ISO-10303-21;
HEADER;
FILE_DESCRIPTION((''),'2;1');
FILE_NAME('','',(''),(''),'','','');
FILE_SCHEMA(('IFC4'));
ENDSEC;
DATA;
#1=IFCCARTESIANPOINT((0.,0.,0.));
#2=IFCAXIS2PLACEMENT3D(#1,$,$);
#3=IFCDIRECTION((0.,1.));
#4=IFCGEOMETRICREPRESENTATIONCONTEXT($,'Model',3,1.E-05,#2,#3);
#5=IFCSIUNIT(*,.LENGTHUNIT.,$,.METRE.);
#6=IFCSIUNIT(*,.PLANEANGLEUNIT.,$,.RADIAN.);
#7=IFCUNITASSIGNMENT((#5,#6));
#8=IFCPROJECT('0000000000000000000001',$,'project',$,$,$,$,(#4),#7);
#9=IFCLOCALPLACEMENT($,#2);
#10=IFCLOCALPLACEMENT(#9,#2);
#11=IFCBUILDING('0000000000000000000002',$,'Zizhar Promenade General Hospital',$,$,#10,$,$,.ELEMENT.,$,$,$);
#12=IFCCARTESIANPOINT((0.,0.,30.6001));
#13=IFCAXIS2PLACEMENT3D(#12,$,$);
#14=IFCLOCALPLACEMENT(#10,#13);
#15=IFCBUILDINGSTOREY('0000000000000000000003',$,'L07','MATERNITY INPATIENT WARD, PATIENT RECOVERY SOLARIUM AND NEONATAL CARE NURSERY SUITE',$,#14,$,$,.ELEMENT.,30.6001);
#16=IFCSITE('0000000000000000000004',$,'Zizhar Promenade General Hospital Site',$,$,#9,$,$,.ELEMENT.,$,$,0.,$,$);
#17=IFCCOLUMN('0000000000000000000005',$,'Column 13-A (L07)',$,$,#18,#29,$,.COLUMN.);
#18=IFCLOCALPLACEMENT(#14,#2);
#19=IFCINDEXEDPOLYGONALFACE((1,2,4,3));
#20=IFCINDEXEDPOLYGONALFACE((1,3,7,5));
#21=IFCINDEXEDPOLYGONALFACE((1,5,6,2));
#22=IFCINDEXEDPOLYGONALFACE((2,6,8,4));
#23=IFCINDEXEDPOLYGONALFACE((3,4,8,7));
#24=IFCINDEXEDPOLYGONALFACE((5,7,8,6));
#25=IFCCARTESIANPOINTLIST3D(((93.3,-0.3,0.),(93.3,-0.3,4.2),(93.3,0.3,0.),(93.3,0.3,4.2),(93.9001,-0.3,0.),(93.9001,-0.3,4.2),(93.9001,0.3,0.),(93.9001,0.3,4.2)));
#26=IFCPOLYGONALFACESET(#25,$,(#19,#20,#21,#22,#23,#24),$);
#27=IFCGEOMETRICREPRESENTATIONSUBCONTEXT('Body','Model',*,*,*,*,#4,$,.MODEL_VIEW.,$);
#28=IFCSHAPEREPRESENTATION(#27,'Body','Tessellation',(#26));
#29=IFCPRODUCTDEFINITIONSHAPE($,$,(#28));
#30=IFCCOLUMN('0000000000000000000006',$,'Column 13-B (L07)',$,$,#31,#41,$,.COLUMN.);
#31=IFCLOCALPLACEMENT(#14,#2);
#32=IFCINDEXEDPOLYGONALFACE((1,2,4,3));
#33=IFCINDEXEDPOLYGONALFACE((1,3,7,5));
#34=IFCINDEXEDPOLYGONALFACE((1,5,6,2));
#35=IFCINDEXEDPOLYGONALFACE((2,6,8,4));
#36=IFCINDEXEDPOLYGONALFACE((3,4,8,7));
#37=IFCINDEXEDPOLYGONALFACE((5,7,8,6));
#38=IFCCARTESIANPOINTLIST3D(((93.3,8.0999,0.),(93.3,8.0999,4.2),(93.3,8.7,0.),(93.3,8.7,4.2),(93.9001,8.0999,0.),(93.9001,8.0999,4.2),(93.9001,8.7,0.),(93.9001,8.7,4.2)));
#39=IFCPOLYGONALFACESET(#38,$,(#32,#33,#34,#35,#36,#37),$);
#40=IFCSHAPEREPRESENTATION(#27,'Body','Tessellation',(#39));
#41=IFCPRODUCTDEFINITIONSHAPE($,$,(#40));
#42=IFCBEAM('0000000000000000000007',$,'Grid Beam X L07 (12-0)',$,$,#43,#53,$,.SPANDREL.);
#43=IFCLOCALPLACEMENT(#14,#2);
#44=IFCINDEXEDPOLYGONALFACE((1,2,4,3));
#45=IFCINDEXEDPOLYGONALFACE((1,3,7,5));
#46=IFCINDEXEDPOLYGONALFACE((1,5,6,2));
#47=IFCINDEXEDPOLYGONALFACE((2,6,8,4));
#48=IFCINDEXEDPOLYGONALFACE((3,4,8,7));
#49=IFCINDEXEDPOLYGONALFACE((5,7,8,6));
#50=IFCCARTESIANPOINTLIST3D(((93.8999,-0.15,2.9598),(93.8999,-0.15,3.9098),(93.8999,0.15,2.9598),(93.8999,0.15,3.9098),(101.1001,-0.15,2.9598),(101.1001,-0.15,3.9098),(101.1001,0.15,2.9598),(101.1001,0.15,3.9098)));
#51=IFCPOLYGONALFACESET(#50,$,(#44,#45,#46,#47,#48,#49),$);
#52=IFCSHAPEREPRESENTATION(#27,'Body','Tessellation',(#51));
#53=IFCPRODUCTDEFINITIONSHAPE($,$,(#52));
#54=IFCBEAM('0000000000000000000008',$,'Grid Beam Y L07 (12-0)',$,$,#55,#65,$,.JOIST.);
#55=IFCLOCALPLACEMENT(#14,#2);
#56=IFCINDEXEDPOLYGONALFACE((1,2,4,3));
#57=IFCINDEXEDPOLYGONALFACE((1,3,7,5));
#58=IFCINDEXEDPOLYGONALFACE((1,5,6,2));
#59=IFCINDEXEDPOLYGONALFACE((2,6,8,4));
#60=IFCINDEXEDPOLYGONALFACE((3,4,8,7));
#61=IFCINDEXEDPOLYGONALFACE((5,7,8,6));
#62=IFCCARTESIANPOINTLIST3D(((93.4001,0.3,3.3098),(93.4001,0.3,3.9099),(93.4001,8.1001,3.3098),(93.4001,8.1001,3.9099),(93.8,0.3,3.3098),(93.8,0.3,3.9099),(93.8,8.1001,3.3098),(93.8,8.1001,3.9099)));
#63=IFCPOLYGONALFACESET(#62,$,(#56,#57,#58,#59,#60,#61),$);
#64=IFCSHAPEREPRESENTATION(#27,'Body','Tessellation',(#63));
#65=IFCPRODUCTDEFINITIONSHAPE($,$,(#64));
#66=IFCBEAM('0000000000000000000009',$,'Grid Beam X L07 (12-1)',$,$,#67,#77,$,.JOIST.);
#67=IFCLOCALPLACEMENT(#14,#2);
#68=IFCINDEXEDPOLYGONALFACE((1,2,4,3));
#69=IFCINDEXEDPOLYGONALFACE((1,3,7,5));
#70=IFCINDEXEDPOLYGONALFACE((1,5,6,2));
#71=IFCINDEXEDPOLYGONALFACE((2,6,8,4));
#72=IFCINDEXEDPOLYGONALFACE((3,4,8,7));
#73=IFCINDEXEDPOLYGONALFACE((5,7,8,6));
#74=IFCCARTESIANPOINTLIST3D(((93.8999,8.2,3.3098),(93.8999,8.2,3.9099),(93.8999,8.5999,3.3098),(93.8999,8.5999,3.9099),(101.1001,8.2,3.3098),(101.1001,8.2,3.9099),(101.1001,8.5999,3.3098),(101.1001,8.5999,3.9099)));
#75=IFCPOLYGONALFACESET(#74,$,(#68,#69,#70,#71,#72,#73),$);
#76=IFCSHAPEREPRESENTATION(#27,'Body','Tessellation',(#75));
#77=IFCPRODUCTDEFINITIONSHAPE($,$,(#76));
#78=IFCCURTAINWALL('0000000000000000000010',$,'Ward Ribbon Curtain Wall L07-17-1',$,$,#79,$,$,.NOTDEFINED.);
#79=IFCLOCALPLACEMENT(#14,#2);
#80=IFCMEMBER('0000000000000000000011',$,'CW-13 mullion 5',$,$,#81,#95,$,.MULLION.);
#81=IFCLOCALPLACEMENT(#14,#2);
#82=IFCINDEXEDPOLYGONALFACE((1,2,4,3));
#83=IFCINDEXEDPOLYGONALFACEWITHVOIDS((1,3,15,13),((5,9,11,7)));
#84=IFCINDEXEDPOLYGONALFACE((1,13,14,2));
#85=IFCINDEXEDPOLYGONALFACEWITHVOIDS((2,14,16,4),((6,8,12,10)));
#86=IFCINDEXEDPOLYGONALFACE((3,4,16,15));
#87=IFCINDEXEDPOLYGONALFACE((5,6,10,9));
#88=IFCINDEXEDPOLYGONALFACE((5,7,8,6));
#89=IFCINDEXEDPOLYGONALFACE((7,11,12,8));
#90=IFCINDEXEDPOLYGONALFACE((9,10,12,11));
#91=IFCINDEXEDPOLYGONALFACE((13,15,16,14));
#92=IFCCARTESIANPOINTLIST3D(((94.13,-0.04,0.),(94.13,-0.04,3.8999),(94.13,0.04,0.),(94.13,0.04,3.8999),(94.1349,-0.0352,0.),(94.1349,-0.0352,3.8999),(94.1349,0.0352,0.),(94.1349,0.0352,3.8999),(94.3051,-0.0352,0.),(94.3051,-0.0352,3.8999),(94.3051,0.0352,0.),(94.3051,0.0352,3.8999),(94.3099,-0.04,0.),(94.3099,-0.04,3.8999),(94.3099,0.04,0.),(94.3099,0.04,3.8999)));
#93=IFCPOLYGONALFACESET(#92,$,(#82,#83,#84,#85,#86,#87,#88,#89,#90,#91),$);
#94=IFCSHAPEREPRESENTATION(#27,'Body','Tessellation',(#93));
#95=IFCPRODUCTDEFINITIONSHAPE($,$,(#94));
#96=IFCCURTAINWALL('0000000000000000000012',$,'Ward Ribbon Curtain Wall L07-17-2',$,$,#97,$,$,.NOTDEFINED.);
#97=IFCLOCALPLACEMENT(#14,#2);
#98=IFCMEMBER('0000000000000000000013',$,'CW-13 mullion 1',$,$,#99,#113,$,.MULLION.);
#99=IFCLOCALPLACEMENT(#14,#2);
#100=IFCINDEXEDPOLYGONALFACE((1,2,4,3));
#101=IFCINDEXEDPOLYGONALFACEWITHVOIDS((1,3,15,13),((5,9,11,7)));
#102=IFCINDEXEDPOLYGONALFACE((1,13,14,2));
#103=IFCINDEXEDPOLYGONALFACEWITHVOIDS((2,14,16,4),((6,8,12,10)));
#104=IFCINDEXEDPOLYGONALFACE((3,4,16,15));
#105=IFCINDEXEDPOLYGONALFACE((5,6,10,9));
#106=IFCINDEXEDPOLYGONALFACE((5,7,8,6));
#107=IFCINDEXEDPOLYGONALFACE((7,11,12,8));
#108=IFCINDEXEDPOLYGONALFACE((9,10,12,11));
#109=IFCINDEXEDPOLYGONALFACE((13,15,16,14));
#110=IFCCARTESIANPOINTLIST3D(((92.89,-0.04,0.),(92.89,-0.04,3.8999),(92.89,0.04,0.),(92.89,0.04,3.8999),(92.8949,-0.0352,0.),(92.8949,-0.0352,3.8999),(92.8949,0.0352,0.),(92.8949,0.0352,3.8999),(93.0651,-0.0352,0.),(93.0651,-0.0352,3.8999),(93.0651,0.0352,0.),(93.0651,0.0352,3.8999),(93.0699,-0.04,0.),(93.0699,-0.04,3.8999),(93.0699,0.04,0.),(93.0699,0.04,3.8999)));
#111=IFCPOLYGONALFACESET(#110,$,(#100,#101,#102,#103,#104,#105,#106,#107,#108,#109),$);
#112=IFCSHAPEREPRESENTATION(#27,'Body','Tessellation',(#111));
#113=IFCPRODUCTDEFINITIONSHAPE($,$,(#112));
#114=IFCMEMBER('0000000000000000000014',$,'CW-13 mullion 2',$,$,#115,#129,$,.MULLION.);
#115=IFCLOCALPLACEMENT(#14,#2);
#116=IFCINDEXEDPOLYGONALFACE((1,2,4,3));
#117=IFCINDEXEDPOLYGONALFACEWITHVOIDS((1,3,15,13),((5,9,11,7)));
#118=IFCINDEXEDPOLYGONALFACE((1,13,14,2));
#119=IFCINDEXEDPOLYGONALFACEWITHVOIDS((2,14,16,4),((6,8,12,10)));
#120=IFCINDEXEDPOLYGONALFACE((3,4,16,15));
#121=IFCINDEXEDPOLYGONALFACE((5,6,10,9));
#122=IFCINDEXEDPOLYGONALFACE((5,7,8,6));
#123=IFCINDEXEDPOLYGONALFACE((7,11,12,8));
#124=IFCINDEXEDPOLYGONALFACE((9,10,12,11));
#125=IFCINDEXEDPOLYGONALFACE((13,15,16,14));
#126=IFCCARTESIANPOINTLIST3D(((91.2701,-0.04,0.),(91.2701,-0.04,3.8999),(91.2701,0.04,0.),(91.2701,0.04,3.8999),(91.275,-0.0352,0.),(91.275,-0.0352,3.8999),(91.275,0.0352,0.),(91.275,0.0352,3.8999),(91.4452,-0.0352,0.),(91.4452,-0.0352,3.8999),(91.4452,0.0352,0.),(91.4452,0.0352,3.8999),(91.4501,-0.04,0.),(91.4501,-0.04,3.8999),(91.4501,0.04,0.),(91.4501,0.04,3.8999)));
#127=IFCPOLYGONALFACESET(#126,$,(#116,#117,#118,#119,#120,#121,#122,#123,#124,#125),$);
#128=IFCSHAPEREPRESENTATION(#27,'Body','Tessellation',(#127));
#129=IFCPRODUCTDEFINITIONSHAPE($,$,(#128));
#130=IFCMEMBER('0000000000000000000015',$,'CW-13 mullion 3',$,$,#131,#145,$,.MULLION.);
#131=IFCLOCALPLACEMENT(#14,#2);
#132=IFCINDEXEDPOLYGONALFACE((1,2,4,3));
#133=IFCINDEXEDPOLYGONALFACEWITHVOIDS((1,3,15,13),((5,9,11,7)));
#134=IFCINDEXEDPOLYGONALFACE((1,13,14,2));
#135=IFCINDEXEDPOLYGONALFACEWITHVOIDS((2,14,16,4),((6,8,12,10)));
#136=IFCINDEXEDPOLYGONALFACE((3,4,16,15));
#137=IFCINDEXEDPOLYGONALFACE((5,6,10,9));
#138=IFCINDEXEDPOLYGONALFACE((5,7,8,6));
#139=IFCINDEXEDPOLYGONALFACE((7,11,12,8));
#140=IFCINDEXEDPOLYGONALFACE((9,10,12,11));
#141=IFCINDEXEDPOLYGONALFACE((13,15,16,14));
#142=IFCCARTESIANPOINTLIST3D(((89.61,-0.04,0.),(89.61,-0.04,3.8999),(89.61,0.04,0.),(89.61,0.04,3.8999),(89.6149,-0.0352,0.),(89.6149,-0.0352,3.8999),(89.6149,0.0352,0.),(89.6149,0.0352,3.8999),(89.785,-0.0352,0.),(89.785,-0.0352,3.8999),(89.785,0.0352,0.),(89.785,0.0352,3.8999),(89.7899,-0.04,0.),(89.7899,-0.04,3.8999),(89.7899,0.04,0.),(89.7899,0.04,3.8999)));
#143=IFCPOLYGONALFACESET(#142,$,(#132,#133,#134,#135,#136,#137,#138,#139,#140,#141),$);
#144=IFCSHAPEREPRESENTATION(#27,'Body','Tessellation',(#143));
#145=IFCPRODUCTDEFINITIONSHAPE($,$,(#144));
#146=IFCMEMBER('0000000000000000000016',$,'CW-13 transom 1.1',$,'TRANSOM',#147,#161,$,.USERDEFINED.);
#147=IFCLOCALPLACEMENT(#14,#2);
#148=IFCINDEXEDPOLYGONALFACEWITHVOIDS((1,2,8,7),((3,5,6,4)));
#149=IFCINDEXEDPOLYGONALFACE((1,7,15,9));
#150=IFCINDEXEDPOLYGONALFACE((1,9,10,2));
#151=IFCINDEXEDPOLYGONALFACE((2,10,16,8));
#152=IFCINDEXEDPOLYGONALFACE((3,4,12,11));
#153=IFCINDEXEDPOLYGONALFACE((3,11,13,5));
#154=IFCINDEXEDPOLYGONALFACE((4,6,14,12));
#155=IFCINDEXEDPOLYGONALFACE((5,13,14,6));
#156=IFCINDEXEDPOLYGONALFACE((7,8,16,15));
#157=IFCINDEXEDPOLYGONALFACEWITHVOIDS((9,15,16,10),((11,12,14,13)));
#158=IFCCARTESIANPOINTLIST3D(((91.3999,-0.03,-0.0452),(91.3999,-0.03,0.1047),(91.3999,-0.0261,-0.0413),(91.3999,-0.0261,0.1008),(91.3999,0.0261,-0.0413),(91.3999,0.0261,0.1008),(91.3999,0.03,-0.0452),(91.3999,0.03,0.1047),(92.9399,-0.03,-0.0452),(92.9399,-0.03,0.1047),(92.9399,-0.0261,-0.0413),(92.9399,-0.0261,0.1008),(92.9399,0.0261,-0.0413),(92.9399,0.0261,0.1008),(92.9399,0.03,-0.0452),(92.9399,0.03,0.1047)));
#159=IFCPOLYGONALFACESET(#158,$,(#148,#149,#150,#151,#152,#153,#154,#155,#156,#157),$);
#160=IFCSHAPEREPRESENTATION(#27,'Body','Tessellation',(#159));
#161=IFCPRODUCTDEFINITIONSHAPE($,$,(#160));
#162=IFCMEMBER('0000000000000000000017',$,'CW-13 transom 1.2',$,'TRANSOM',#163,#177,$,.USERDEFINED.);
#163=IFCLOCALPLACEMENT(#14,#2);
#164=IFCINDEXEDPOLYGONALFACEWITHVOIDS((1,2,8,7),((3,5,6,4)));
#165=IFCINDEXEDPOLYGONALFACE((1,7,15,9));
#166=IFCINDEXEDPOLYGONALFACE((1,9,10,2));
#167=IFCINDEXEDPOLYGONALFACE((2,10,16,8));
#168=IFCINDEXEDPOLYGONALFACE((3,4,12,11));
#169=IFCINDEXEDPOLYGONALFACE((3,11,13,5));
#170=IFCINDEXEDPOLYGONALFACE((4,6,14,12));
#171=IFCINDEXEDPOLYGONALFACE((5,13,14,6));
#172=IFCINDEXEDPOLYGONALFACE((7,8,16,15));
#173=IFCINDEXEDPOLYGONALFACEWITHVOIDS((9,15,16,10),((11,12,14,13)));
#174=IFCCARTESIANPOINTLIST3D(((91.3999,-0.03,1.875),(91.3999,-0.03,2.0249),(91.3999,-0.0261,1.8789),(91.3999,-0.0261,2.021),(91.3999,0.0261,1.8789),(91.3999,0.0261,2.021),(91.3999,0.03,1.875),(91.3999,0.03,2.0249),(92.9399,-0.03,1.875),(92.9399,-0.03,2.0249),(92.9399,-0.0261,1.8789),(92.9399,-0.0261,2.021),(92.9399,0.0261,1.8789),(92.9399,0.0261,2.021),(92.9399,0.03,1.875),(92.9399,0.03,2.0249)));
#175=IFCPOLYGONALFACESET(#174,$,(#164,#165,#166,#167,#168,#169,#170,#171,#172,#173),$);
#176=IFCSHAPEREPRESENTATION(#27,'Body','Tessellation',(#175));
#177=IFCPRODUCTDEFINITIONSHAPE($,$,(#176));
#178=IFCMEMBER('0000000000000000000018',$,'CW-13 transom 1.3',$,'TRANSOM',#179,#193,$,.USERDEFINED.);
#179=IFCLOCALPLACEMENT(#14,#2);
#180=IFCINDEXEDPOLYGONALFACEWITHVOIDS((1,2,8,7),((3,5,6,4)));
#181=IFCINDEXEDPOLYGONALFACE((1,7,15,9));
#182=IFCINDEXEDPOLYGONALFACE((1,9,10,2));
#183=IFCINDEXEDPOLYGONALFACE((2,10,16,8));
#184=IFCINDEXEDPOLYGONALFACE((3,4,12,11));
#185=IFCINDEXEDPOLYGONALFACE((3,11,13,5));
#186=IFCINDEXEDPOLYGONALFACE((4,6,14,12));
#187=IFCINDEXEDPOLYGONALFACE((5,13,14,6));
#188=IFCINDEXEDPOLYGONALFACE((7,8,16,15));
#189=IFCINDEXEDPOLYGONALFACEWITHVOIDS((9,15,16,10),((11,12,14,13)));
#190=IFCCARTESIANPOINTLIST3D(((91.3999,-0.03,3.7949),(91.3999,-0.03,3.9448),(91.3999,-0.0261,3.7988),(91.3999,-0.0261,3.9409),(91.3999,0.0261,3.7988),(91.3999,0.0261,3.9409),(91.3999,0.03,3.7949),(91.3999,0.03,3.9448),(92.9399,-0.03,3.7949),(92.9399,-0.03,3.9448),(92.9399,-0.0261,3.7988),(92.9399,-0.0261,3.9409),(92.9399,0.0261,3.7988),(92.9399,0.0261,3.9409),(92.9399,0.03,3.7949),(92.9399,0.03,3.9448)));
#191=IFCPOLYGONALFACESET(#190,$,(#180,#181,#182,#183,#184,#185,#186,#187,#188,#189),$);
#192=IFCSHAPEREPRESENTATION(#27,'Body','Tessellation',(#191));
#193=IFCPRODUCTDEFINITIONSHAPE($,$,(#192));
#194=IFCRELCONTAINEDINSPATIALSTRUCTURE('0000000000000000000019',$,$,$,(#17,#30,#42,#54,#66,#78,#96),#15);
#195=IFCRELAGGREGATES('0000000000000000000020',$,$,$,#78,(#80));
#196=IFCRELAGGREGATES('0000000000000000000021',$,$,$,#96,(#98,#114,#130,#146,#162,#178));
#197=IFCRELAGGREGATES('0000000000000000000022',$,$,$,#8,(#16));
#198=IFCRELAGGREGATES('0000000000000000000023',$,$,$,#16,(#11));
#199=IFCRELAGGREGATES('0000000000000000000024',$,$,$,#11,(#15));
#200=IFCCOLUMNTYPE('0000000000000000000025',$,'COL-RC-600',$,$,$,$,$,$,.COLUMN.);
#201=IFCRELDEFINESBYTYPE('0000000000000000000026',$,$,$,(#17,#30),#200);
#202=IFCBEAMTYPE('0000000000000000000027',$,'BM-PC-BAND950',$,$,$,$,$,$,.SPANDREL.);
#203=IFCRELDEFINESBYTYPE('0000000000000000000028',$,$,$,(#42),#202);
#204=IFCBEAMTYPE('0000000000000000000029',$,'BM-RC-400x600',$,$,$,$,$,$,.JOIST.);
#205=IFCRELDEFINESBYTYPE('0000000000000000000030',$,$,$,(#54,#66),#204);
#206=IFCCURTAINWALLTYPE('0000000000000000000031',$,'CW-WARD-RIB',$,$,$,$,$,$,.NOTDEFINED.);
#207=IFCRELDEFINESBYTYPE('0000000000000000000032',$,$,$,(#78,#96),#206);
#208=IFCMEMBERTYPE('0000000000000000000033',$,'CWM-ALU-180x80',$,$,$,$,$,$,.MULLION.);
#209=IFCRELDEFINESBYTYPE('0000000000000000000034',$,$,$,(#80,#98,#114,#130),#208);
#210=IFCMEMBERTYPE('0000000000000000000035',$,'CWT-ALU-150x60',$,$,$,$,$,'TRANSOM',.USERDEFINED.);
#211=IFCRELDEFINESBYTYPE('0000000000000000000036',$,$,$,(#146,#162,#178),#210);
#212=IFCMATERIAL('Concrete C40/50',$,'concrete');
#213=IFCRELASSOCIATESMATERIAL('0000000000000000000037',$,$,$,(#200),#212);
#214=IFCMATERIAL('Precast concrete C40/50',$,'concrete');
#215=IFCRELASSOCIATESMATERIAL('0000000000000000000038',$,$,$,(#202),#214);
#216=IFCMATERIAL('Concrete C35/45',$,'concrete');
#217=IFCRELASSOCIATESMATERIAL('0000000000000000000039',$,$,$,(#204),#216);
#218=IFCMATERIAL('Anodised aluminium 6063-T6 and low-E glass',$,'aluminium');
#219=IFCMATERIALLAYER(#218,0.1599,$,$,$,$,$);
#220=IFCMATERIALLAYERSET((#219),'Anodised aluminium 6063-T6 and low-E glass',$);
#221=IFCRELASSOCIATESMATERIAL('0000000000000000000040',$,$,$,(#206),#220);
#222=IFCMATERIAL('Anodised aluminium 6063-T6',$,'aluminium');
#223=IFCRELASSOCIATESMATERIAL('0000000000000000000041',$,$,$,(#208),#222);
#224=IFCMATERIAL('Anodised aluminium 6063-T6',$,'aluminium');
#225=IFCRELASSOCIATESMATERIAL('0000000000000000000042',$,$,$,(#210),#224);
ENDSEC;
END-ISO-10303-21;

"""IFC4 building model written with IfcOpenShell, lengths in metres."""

from ifc_helpers import new_model, si_unit, direction, frame, origin, origin_2d, place, context, subcontext, project, spatial, rectangle, hollow_rectangle, extrude, material, layer, layer_set, material_profile, profile_set, type_object, element, aggregate, save


model = new_model("IFC4")

# Units and contexts
model_context = context("Model", 3, precision=1e-05, world=origin(), true_north=direction((0.0, 1.0)))
body_context = subcontext(model_context, "Body", "Model", "MODEL_VIEW")
ifc_project = project(units=[si_unit("LENGTHUNIT", "METRE"), si_unit("PLANEANGLEUNIT", "RADIAN")], contexts=[model_context])

# Site, building, storey
site_placement = place(None, origin())
site = spatial("IfcSite", under=ifc_project, at=site_placement, Name="Zizhar Promenade General Hospital Site", CompositionType="ELEMENT", RefElevation=0.0)
building_placement = place(site_placement, origin())
building = spatial("IfcBuilding", under=site, at=building_placement, Name="Zizhar Promenade General Hospital", CompositionType="ELEMENT")
storey_placement = place(building_placement, frame((0.0, 0.0, 30.6001)))
storey = spatial("IfcBuildingStorey", under=building, at=storey_placement, Name="L07", Description="MATERNITY INPATIENT WARD, PATIENT RECOVERY SOLARIUM AND NEONATAL CARE NURSERY SUITE", CompositionType="ELEMENT", Elevation=30.6001)

# Columns
ifc_material_1 = material(Name="Concrete C40/50", Category="concrete")
ifc_material_profile_1 = material_profile(ifc_material_1, rectangle(XDim=0.6001, YDim=0.6001, at=origin_2d()))
ifc_profile_set_1 = profile_set([ifc_material_profile_1], Name="Concrete C40/50")
column_type = type_object("IfcColumnType", Name="COL-RC-600", PredefinedType="COLUMN", material=ifc_profile_set_1)
for number, where, z_axis, x_axis, name in (
    (1, (93.6001, 0.0, 0.0), (0.0, 0.0, 1.0), (1.0, 0.0, 0.0), "Column 13-A (L07)"),
    (2, (93.6001, 8.3999, 0.0), (0.0, 0.0, 1.0), (1.0, 0.0, 0.0), "Column 13-B (L07)"),
):
    element("IfcColumn", number, at=place(storey_placement, frame(where, z_axis=z_axis, x_axis=x_axis)), inside=storey, type_object=column_type, Name=name, PredefinedType="COLUMN", context=body_context, shape_type="SweptSolid", body=[
        extrude(rectangle(XDim=0.6001, YDim=0.6001, at=origin_2d()), origin(), (0.0, 0.0, 1.0), 4.2),
    ])

# Beams
ifc_material_2 = material(Name="Precast concrete C40/50", Category="concrete")
ifc_material_profile_2 = material_profile(ifc_material_2, rectangle(XDim=0.3, YDim=0.95, at=origin_2d()))
ifc_profile_set_2 = profile_set([ifc_material_profile_2], Name="Precast concrete C40/50")
beam_type_1 = type_object("IfcBeamType", Name="BM-PC-BAND950", PredefinedType="SPANDREL", material=ifc_profile_set_2)
beam_1_placement = place(storey_placement, frame((93.8999, 0.0, 3.4348), z_axis=(1.0, 0.0, 0.0), x_axis=(0.0, 1.0, 0.0)))
element("IfcBeam", 3, at=beam_1_placement, inside=storey, type_object=beam_type_1, Name="Grid Beam X L07 (12-0)", PredefinedType="SPANDREL", context=body_context, shape_type="SweptSolid", body=[
    extrude(rectangle(XDim=0.3, YDim=0.95, at=origin_2d()), origin(), (0.0, 0.0, 1.0), 7.2002),
])
ifc_material_3 = material(Name="Concrete C35/45", Category="concrete")
ifc_material_profile_3 = material_profile(ifc_material_3, rectangle(XDim=0.3999, YDim=0.6001, at=origin_2d()))
ifc_profile_set_3 = profile_set([ifc_material_profile_3], Name="Concrete C35/45")
beam_type_2 = type_object("IfcBeamType", Name="BM-RC-400x600", PredefinedType="JOIST", material=ifc_profile_set_3)
beam_2_placement = place(storey_placement, frame((93.6001, 0.3, 3.6099), z_axis=(0.0, 1.0, 0.0), x_axis=(-1.0, 0.0, 0.0)))
element("IfcBeam", 4, at=beam_2_placement, inside=storey, type_object=beam_type_2, Name="Grid Beam Y L07 (12-0)", PredefinedType="JOIST", context=body_context, shape_type="SweptSolid", body=[
    extrude(rectangle(XDim=0.3999, YDim=0.6001, at=origin_2d()), origin(), (0.0, 0.0, 1.0), 7.8),
])
beam_3_placement = place(storey_placement, frame((93.8999, 8.3999, 3.6099), z_axis=(1.0, 0.0, 0.0), x_axis=(0.0, 1.0, 0.0)))
element("IfcBeam", 5, at=beam_3_placement, inside=storey, type_object=beam_type_2, Name="Grid Beam X L07 (12-1)", PredefinedType="JOIST", context=body_context, shape_type="SweptSolid", body=[
    extrude(rectangle(XDim=0.3999, YDim=0.6001, at=origin_2d()), origin(), (0.0, 0.0, 1.0), 7.2002),
])

# Curtain wall, member
ifc_material_4 = material(Name="Anodised aluminium 6063-T6 and low-E glass", Category="aluminium")
ifc_layer_1 = layer(ifc_material_4, 0.1599)
ifc_layer_set_1 = layer_set([ifc_layer_1], Name="Anodised aluminium 6063-T6 and low-E glass")
curtain_wall_type = type_object("IfcCurtainWallType", Name="CW-WARD-RIB", PredefinedType="NOTDEFINED", material=ifc_layer_set_1)
curtain_wall_1_placement = place(storey_placement, origin())
curtain_wall_1 = element("IfcCurtainWall", 6, at=curtain_wall_1_placement, inside=storey, type_object=curtain_wall_type, Name="Ward Ribbon Curtain Wall L07-17-1", PredefinedType="NOTDEFINED")
ifc_material_5 = material(Name="Anodised aluminium 6063-T6", Category="aluminium")
ifc_material_profile_4 = material_profile(ifc_material_5, hollow_rectangle(XDim=0.0801, YDim=0.1799, WallThickness=0.0049, at=origin_2d()))
ifc_profile_set_4 = profile_set([ifc_material_profile_4], Name="Anodised aluminium 6063-T6")
member_type_1 = type_object("IfcMemberType", Name="CWM-ALU-180x80", PredefinedType="MULLION", material=ifc_profile_set_4)
member_1_placement = place(storey_placement, frame((94.22, 0.0, 0.0), z_axis=(0.0, 0.0, 1.0), x_axis=(0.0, -1.0, 0.0)))
member_1 = element("IfcMember", 7, at=member_1_placement, type_object=member_type_1, Name="CW-13 mullion 5", PredefinedType="MULLION", context=body_context, shape_type="SweptSolid", body=[
    extrude(hollow_rectangle(XDim=0.0801, YDim=0.1799, WallThickness=0.0049, at=origin_2d()), origin(), (0.0, 0.0, 1.0), 3.8999),
])
aggregate(curtain_wall_1, [member_1])

# Curtain wall, members
curtain_wall_2_placement = place(storey_placement, origin())
curtain_wall_2 = element("IfcCurtainWall", 8, at=curtain_wall_2_placement, inside=storey, type_object=curtain_wall_type, Name="Ward Ribbon Curtain Wall L07-17-2", PredefinedType="NOTDEFINED")
member_2_placement = place(storey_placement, frame((92.98, 0.0, 0.0), z_axis=(0.0, 0.0, 1.0), x_axis=(0.0, -1.0, 0.0)))
member_2 = element("IfcMember", 9, at=member_2_placement, type_object=member_type_1, Name="CW-13 mullion 1", PredefinedType="MULLION", context=body_context, shape_type="SweptSolid", body=[
    extrude(hollow_rectangle(XDim=0.0801, YDim=0.1799, WallThickness=0.0049, at=origin_2d()), origin(), (0.0, 0.0, 1.0), 3.8999),
])
member_3_placement = place(storey_placement, frame((91.3601, 0.0, 0.0), z_axis=(0.0, 0.0, 1.0), x_axis=(0.0, -1.0, 0.0)))
member_3 = element("IfcMember", 10, at=member_3_placement, type_object=member_type_1, Name="CW-13 mullion 2", PredefinedType="MULLION", context=body_context, shape_type="SweptSolid", body=[
    extrude(hollow_rectangle(XDim=0.0801, YDim=0.1799, WallThickness=0.0049, at=origin_2d()), origin(), (0.0, 0.0, 1.0), 3.8999),
])
member_4_placement = place(storey_placement, frame((89.7, 0.0, 0.0), z_axis=(0.0, 0.0, 1.0), x_axis=(0.0, -1.0, 0.0)))
member_4 = element("IfcMember", 11, at=member_4_placement, type_object=member_type_1, Name="CW-13 mullion 3", PredefinedType="MULLION", context=body_context, shape_type="SweptSolid", body=[
    extrude(hollow_rectangle(XDim=0.0801, YDim=0.1799, WallThickness=0.0049, at=origin_2d()), origin(), (0.0, 0.0, 1.0), 3.8999),
])
ifc_material_6 = material(Name="Anodised aluminium 6063-T6", Category="aluminium")
ifc_material_profile_5 = material_profile(ifc_material_6, hollow_rectangle(XDim=0.0601, YDim=0.1499, WallThickness=0.0039, at=origin_2d()))
ifc_profile_set_5 = profile_set([ifc_material_profile_5], Name="Anodised aluminium 6063-T6")
member_type_2 = type_object("IfcMemberType", Name="CWT-ALU-150x60", ElementType="TRANSOM", PredefinedType="USERDEFINED", material=ifc_profile_set_5)
member_5_placement = place(storey_placement, frame((92.9399, 0.0, 0.0298), z_axis=(-1.0, 0.0, 0.0), x_axis=(0.0, -1.0, 0.0)))
member_5 = element("IfcMember", 12, at=member_5_placement, type_object=member_type_2, Name="CW-13 transom 1.1", ObjectType="TRANSOM", PredefinedType="USERDEFINED", context=body_context, shape_type="SweptSolid", body=[
    extrude(hollow_rectangle(XDim=0.0601, YDim=0.1499, WallThickness=0.0039, at=origin_2d()), origin(), (0.0, 0.0, 1.0), 1.54),
])
member_6_placement = place(storey_placement, frame((92.9399, 0.0, 1.95), z_axis=(-1.0, 0.0, 0.0), x_axis=(0.0, -1.0, 0.0)))
member_6 = element("IfcMember", 13, at=member_6_placement, type_object=member_type_2, Name="CW-13 transom 1.2", ObjectType="TRANSOM", PredefinedType="USERDEFINED", context=body_context, shape_type="SweptSolid", body=[
    extrude(hollow_rectangle(XDim=0.0601, YDim=0.1499, WallThickness=0.0039, at=origin_2d()), origin(), (0.0, 0.0, 1.0), 1.54),
])
member_7_placement = place(storey_placement, frame((92.9399, 0.0, 3.8699), z_axis=(-1.0, 0.0, 0.0), x_axis=(0.0, -1.0, 0.0)))
member_7 = element("IfcMember", 14, at=member_7_placement, type_object=member_type_2, Name="CW-13 transom 1.3", ObjectType="TRANSOM", PredefinedType="USERDEFINED", context=body_context, shape_type="SweptSolid", body=[
    extrude(hollow_rectangle(XDim=0.0601, YDim=0.1499, WallThickness=0.0039, at=origin_2d()), origin(), (0.0, 0.0, 1.0), 1.54),
])
aggregate(curtain_wall_2, [member_2, member_3, member_4, member_5, member_6, member_7])

save(model, "model.ifc")
